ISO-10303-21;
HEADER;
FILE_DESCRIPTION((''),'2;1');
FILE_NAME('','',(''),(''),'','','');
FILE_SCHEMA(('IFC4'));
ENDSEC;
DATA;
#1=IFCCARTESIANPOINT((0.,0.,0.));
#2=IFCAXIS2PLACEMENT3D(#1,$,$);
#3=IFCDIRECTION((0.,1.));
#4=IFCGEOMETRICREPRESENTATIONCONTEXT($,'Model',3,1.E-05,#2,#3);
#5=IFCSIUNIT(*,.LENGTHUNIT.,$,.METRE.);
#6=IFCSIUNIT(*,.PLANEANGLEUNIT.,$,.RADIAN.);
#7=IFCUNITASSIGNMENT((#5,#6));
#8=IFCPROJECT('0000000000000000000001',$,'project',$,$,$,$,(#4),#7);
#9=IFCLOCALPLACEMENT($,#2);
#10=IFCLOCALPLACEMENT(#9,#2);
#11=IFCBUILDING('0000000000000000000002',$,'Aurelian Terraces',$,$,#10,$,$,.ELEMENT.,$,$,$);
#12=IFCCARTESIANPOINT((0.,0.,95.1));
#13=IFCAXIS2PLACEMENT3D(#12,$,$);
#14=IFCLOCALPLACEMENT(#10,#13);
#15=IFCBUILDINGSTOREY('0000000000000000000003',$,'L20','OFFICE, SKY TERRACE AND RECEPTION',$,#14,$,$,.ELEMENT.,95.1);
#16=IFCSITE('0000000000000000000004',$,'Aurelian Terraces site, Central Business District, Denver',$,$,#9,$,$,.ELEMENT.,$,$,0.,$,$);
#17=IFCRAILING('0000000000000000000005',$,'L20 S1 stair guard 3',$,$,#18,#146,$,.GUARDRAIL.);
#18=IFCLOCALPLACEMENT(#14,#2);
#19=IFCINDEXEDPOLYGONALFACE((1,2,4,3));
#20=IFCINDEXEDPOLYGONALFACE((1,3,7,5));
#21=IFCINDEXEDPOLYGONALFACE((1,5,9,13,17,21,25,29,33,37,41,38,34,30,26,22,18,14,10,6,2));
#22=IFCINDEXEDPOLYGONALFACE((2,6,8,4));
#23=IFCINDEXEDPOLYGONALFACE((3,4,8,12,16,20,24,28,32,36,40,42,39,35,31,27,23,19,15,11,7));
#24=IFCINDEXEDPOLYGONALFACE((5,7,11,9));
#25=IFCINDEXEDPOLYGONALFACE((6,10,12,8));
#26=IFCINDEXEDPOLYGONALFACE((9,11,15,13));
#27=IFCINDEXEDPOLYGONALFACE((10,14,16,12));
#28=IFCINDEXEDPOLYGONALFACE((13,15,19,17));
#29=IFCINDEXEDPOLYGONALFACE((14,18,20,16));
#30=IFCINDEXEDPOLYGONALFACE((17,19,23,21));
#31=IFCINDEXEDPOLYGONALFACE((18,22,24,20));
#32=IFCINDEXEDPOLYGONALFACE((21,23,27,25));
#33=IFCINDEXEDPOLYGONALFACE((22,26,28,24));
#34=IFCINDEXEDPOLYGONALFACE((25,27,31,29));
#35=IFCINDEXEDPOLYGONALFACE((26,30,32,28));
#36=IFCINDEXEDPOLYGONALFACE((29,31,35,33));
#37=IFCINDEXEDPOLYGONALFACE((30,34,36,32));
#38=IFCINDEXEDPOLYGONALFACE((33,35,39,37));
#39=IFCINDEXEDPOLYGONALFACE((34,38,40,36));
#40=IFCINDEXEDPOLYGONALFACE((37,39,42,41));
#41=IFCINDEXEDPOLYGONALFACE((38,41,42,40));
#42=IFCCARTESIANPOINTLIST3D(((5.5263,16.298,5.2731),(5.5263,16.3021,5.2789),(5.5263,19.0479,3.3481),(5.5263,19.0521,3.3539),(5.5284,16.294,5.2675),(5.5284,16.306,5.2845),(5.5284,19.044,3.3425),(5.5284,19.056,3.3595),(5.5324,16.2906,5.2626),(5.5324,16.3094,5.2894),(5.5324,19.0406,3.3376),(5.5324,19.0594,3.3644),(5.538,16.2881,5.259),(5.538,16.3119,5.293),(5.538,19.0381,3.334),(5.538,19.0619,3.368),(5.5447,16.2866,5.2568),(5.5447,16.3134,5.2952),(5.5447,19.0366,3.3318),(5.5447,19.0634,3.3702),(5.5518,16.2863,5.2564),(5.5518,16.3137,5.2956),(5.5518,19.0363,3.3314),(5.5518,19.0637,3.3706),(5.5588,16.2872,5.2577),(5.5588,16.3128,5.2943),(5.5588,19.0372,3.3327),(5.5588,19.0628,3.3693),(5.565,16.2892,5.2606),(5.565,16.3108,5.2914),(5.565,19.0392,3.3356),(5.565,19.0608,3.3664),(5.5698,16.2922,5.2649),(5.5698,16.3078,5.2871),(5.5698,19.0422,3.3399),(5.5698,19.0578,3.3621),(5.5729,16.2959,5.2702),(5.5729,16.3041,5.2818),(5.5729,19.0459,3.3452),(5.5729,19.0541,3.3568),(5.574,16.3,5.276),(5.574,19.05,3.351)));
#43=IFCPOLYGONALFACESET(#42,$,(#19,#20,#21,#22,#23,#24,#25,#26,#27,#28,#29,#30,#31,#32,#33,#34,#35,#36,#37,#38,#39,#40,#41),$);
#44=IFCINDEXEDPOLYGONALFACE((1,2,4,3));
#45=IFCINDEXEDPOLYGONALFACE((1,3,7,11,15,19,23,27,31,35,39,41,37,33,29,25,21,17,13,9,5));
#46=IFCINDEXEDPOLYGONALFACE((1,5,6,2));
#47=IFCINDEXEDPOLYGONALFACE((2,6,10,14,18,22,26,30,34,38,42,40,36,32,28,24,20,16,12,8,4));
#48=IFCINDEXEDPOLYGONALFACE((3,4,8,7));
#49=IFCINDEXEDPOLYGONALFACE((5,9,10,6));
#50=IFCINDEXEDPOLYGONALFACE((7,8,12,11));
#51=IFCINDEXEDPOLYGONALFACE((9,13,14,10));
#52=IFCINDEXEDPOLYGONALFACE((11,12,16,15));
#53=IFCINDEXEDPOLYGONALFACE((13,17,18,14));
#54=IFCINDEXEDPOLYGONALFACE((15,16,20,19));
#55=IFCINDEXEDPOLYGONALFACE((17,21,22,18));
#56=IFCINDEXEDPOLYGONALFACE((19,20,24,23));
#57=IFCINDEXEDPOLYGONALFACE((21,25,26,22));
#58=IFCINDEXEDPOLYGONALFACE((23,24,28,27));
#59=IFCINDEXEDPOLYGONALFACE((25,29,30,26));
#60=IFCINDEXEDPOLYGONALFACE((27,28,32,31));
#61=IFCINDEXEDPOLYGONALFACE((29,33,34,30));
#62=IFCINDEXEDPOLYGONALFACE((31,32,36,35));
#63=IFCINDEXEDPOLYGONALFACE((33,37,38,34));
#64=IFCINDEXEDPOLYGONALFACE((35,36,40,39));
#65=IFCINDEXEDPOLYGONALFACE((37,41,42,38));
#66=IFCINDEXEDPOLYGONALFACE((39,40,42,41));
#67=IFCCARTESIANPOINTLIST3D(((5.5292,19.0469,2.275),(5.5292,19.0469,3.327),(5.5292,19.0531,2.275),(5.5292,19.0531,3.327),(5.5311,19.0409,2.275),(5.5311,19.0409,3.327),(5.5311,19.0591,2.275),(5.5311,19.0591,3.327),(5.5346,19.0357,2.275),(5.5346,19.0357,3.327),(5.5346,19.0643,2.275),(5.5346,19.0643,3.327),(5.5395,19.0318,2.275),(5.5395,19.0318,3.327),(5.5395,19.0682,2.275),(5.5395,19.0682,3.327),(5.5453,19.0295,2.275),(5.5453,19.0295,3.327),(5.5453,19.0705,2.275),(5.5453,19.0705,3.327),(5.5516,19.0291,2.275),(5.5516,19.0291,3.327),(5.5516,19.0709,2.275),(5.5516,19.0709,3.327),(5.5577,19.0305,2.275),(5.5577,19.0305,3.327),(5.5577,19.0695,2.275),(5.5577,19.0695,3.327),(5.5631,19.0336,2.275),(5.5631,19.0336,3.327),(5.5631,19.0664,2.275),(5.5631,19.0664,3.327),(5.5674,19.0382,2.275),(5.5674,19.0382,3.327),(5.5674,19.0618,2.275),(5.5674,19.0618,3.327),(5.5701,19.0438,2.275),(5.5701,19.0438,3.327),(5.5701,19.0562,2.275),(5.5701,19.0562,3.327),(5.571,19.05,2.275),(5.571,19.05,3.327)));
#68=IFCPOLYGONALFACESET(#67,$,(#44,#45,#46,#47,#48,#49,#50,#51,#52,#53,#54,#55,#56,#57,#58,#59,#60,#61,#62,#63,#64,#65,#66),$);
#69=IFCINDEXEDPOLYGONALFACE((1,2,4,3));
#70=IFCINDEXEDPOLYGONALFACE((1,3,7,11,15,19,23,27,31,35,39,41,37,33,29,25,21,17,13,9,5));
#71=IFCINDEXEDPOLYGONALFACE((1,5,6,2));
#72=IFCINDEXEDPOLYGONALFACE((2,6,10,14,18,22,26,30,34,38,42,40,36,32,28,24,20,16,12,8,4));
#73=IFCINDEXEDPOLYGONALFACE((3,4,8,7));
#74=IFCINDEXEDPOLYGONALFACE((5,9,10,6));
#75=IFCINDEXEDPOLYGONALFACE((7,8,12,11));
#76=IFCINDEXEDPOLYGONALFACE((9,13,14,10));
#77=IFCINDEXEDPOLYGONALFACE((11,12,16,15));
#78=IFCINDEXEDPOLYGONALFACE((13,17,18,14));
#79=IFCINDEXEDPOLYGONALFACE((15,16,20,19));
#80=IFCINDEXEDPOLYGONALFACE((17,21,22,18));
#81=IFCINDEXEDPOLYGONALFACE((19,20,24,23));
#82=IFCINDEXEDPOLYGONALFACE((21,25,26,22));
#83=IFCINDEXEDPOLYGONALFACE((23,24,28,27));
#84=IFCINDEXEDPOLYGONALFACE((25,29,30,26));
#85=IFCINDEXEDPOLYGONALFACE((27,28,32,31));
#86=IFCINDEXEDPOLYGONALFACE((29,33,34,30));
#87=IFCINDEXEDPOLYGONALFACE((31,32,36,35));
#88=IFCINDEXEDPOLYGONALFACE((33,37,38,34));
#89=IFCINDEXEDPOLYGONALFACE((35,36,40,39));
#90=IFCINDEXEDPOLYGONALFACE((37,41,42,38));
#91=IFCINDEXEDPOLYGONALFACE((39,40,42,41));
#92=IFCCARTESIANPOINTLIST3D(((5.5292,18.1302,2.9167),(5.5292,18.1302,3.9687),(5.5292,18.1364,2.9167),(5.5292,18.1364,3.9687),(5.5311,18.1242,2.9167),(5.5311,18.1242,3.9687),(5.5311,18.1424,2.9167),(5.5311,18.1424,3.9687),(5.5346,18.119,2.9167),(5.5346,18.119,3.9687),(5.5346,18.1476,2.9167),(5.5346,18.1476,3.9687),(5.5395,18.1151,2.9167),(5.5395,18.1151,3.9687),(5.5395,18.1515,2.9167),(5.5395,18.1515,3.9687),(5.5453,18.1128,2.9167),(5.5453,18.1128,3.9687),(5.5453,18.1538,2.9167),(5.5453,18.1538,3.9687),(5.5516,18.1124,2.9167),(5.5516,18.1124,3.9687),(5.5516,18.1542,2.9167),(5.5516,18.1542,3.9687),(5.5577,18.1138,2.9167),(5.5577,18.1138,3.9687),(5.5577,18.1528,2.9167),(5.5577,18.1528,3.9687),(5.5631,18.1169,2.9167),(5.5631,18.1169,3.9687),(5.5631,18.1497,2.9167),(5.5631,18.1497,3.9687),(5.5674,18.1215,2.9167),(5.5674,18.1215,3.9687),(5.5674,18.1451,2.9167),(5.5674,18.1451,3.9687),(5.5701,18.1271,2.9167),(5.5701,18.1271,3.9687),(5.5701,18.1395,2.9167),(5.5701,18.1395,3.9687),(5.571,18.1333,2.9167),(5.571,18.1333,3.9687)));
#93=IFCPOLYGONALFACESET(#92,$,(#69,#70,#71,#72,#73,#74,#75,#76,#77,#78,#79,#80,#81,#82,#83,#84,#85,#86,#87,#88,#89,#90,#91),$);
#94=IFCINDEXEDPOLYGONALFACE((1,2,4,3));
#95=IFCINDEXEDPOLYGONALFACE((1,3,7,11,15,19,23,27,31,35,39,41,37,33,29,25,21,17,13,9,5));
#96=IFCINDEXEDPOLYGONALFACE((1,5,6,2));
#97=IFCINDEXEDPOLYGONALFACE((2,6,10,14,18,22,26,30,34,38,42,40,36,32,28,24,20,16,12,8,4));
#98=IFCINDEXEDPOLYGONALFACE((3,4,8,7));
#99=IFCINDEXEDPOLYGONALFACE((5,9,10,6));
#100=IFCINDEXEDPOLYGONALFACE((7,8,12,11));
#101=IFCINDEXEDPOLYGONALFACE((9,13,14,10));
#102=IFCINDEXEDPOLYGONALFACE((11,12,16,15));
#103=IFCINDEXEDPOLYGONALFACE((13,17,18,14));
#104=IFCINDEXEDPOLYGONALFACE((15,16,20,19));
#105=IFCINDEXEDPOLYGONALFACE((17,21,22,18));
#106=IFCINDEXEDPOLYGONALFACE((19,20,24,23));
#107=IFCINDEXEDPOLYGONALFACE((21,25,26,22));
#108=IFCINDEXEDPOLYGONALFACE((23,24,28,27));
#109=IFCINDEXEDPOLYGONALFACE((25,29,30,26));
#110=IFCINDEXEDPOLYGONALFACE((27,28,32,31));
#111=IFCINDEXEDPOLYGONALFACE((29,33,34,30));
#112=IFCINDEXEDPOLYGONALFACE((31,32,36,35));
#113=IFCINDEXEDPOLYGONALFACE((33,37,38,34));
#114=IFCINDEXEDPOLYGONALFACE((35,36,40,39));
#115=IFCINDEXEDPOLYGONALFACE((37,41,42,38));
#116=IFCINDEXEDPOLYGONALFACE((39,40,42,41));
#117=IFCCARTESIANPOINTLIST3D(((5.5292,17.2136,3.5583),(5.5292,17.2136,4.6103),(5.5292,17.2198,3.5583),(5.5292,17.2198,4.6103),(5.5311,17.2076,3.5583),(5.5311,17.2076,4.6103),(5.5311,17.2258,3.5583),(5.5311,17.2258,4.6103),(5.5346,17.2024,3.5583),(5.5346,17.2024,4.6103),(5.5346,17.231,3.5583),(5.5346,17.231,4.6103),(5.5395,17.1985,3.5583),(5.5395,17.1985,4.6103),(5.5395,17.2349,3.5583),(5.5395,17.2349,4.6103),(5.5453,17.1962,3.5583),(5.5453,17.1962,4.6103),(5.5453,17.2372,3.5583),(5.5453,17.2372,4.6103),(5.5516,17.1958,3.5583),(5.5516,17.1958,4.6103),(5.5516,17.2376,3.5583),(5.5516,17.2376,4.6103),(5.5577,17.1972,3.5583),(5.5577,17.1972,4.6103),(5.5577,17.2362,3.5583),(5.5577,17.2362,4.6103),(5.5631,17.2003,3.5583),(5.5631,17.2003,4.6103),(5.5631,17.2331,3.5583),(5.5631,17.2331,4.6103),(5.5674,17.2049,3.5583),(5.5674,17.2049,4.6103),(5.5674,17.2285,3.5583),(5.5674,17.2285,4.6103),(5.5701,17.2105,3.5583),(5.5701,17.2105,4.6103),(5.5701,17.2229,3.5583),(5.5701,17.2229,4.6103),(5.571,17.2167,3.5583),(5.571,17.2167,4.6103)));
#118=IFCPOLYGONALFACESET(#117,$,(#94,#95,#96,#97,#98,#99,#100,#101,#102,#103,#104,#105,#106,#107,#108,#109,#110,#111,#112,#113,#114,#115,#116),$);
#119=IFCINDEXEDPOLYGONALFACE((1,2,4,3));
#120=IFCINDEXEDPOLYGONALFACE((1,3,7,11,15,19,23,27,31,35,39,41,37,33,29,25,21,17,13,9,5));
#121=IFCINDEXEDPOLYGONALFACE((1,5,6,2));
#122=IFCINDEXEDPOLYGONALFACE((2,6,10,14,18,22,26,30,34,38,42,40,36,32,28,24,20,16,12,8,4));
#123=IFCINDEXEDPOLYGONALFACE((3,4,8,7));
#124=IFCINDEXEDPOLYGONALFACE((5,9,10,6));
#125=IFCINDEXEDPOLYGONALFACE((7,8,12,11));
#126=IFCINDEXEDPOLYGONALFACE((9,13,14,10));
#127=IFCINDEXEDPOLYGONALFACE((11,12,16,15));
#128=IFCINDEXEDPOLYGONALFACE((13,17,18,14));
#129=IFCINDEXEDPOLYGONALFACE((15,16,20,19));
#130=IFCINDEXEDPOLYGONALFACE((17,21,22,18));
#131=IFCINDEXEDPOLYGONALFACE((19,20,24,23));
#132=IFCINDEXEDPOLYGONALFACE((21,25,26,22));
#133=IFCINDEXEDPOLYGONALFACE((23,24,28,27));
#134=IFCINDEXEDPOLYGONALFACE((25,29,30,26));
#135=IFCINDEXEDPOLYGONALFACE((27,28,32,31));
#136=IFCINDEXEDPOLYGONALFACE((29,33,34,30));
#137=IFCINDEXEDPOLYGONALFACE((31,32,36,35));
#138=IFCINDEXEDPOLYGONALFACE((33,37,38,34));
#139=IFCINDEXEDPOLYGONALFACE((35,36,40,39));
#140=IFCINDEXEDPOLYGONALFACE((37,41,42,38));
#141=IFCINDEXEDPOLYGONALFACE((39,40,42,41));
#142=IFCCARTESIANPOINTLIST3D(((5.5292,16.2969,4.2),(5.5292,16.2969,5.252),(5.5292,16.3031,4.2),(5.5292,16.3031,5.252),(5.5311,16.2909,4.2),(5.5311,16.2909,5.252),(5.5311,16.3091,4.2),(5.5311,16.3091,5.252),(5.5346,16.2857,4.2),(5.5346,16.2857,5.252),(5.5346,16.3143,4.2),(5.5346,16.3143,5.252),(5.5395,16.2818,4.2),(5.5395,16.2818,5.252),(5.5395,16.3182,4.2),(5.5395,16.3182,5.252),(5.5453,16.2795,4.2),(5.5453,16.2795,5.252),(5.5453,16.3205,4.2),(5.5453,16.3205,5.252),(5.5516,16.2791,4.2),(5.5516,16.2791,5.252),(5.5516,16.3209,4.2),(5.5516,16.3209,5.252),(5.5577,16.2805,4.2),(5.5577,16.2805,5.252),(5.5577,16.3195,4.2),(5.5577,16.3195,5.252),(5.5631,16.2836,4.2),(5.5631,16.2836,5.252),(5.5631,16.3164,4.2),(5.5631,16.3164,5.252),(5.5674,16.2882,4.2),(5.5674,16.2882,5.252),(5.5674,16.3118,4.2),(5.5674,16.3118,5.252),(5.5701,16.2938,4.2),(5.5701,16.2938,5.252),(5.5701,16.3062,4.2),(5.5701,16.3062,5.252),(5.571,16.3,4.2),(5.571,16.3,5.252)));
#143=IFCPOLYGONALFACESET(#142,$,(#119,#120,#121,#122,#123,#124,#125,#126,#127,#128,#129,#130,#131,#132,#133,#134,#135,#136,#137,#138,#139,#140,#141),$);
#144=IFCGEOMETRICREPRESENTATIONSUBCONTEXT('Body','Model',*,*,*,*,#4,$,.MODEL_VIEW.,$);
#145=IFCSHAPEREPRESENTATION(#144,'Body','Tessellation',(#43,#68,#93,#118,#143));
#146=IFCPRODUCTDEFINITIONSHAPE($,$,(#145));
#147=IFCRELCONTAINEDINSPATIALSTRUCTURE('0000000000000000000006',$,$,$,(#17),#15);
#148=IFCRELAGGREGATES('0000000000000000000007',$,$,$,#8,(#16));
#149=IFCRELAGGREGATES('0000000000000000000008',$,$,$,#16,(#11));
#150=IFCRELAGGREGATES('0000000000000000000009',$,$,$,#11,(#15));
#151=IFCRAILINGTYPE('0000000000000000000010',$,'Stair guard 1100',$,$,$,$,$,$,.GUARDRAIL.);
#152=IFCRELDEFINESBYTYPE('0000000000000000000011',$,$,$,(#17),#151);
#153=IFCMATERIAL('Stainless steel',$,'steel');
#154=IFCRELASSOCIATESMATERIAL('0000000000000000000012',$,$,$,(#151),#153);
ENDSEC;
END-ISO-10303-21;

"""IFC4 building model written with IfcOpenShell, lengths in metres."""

from ifc_helpers import new_model, si_unit, direction, frame, origin, origin_2d, place, context, subcontext, project, spatial, circle, extrude, source, transform, mapped, material, type_object, element, save


model = new_model("IFC4")

# Units and contexts
model_context = context("Model", 3, precision=1e-05, world=origin(), true_north=direction((0.0, 1.0)))
body_context = subcontext(model_context, "Body", "Model", "MODEL_VIEW")
ifc_project = project(units=[si_unit("LENGTHUNIT", "METRE"), si_unit("PLANEANGLEUNIT", "RADIAN")], contexts=[model_context])

# Site, building, storey
site_placement = place(None, origin())
site = spatial("IfcSite", under=ifc_project, at=site_placement, Name="Aurelian Terraces site, Central Business District, Denver", CompositionType="ELEMENT", RefElevation=0.0)
building_placement = place(site_placement, origin())
building = spatial("IfcBuilding", under=site, at=building_placement, Name="Aurelian Terraces", CompositionType="ELEMENT")
storey_placement = place(building_placement, frame((0.0, 0.0, 95.1)))
storey = spatial("IfcBuildingStorey", under=building, at=storey_placement, Name="L20", Description="OFFICE, SKY TERRACE AND RECEPTION", CompositionType="ELEMENT", Elevation=95.1)

# Railing
ifc_material_1 = material(Name="Stainless steel", Category="steel")
railing_type_1 = type_object("IfcRailingType", Name="Stair guard 1100", PredefinedType="GUARDRAIL", material=ifc_material_1)
shared_shape_1 = source(origin(), body_context, "Body", "SweptSolid", [
    extrude(circle(Radius=0.024, at=origin_2d()), frame((0.0, 0.0, 1.076), z_axis=(0.0, -0.819232, 0.573462), x_axis=(1.0, 0.0, 0.0)), (0.0, 0.0, 1.0), 3.3568),
    extrude(circle(Radius=0.021, at=origin_2d()), origin(), (0.0, 0.0, 1.0), 1.052),
    extrude(circle(Radius=0.021, at=origin_2d()), frame((0.0, -0.9167, 0.6417)), (0.0, 0.0, 1.0), 1.052),
    extrude(circle(Radius=0.021, at=origin_2d()), frame((0.0, -1.8333, 1.2833)), (0.0, 0.0, 1.0), 1.052),
    extrude(circle(Radius=0.021, at=origin_2d()), frame((0.0, -2.75, 1.925)), (0.0, 0.0, 1.0), 1.052),
])
railing_1_placement = place(storey_placement, frame((5.55, 19.05, 2.275)))
element("IfcRailing", 1, at=railing_1_placement, inside=storey, type_object=railing_type_1, Name="L20 S1 stair guard 3", PredefinedType="GUARDRAIL", context=body_context, shape_type="MappedRepresentation", body=[
    mapped(shared_shape_1, transform((0.0, 0.0, 0.0), scale=1.0)),
])

save(model, "model.ifc")
